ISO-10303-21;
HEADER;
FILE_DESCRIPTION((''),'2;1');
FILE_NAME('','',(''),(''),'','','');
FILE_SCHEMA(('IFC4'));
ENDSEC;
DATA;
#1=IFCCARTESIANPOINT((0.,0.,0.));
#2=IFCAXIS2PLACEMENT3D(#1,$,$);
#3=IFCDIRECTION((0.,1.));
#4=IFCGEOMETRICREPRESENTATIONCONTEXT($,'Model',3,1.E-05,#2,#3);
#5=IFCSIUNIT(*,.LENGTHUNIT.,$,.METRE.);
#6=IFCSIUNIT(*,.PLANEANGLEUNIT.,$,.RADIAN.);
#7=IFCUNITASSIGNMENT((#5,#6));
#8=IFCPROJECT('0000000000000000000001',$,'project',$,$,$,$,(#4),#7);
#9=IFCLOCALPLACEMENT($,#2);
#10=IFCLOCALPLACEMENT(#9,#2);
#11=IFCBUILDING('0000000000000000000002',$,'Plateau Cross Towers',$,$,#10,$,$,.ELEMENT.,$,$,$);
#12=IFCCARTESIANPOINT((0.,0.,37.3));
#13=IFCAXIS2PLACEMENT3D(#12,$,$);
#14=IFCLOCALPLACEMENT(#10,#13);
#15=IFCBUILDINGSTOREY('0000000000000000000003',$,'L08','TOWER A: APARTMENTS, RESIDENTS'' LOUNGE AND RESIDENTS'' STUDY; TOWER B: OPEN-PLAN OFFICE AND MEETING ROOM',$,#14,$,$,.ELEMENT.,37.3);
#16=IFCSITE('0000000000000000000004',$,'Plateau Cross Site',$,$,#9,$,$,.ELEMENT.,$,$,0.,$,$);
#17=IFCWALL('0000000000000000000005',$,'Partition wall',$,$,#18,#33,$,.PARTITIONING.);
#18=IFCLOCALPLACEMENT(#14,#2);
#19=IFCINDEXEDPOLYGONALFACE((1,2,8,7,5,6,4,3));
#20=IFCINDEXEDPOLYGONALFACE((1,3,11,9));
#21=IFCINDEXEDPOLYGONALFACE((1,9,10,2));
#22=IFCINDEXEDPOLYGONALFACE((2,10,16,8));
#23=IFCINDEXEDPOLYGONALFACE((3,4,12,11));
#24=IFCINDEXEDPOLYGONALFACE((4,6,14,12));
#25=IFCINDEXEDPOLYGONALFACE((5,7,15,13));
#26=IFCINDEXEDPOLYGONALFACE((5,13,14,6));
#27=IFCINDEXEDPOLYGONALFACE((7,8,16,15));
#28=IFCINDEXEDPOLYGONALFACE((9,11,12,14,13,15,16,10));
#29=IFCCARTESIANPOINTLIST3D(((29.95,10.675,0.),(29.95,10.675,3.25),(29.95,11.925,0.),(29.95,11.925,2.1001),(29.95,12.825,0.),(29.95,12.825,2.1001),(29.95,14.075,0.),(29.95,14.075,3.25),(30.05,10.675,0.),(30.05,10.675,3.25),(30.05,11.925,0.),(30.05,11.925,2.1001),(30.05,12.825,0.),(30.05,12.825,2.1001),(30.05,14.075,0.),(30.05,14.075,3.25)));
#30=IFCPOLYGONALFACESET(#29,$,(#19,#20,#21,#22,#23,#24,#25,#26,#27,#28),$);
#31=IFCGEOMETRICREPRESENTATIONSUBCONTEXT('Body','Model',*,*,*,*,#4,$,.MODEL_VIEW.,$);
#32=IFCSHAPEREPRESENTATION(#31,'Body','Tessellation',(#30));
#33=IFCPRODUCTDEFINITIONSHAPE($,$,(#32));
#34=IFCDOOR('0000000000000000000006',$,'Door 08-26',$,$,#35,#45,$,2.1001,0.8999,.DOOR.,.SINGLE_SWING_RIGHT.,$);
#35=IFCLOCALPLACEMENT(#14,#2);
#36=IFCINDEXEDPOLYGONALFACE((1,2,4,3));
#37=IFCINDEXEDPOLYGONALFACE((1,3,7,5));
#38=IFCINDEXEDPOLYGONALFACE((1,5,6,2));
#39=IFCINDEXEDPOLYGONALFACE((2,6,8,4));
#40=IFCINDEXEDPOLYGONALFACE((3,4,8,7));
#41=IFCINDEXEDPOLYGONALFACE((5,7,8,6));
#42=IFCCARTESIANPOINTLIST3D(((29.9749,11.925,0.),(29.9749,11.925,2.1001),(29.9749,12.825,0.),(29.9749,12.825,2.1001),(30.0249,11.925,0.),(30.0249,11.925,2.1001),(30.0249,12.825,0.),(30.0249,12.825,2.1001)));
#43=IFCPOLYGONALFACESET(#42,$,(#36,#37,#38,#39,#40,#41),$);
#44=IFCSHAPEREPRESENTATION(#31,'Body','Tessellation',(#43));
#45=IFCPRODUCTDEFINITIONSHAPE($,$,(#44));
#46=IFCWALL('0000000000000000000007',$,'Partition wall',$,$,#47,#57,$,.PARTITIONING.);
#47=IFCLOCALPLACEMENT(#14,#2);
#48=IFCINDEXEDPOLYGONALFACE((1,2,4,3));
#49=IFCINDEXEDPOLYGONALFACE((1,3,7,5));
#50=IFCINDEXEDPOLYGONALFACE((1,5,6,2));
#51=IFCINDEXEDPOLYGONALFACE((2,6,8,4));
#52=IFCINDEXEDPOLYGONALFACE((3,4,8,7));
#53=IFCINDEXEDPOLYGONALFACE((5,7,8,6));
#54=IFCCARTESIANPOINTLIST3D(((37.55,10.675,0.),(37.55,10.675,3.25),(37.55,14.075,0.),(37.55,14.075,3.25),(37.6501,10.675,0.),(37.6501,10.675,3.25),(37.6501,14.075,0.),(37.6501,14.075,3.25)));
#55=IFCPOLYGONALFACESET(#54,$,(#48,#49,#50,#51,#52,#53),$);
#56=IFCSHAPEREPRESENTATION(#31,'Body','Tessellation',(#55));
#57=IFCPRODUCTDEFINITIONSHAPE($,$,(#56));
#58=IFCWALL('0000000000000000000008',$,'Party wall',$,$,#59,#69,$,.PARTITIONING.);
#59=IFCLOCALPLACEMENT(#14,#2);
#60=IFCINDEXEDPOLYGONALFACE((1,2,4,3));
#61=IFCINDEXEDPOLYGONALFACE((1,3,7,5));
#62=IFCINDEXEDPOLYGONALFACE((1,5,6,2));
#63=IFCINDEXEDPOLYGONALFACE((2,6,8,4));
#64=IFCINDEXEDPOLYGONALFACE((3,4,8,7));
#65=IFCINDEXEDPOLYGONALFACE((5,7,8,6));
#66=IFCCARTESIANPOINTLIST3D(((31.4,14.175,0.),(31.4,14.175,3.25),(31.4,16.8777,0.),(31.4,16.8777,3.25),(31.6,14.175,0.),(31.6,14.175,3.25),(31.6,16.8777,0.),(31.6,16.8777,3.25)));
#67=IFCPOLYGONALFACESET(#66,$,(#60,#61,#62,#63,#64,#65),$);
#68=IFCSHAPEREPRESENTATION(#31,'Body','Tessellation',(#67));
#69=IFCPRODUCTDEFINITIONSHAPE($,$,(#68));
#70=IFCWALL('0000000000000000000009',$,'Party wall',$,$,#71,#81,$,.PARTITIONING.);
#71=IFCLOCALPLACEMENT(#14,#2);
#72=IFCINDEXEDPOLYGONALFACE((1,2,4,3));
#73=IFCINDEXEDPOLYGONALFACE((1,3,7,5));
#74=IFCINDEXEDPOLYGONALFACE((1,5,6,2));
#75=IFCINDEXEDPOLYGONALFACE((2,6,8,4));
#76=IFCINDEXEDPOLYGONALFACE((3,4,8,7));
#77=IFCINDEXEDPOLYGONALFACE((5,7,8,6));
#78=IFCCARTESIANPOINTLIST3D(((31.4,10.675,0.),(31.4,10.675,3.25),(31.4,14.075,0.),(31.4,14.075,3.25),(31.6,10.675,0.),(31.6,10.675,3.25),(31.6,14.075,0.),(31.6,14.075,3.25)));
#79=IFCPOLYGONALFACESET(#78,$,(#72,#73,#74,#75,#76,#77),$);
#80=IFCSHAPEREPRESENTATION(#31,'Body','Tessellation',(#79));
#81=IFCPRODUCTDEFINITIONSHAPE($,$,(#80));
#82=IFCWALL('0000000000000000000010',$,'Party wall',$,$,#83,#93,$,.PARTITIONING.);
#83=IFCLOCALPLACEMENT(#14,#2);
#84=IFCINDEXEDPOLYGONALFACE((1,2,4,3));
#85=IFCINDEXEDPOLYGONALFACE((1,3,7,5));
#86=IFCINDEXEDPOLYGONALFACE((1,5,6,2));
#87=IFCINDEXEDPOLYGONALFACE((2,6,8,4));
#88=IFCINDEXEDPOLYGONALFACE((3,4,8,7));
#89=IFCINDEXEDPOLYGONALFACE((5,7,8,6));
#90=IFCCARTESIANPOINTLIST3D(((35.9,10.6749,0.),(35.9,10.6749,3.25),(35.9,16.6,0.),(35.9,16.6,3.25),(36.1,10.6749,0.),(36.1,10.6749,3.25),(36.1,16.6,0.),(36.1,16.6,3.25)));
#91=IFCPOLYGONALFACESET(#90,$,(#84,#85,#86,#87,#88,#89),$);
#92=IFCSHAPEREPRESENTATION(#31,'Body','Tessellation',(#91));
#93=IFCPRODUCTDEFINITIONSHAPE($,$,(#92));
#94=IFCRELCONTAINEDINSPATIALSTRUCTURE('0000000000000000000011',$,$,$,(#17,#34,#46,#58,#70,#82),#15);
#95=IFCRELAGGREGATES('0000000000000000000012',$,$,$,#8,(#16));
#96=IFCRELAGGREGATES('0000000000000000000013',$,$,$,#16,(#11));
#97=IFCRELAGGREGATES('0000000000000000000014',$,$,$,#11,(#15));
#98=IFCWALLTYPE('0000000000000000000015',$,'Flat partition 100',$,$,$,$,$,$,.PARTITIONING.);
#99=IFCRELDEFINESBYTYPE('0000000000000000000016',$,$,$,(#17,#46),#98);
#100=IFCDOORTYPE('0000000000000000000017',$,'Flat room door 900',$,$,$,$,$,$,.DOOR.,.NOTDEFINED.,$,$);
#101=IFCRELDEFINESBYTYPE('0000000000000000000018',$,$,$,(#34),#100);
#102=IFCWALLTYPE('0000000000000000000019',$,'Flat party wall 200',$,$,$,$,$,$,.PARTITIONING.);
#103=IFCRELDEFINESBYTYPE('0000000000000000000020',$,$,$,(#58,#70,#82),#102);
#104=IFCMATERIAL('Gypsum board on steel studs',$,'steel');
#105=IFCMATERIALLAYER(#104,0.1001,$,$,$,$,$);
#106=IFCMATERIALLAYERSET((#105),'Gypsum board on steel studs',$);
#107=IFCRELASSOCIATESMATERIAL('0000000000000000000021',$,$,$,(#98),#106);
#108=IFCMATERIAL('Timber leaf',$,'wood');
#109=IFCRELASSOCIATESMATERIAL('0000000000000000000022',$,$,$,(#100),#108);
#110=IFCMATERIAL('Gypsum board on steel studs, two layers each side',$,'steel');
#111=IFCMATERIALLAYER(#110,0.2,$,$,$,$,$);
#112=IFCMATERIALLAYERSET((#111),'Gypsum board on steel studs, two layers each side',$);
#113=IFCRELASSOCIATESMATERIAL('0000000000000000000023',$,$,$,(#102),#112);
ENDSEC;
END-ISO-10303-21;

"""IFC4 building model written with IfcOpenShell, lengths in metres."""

from ifc_helpers import new_model, si_unit, direction, frame, frame_2d, origin, place, context, subcontext, project, spatial, rectangle, extrude, material, layer, layer_set, type_object, element, fill, save


model = new_model("IFC4")

# Units and contexts
model_context = context("Model", 3, precision=1e-05, world=origin(), true_north=direction((0.0, 1.0)))
body_context = subcontext(model_context, "Body", "Model", "MODEL_VIEW")
ifc_project = project(units=[si_unit("LENGTHUNIT", "METRE"), si_unit("PLANEANGLEUNIT", "RADIAN")], contexts=[model_context])

# Site, building, storey
site_placement = place(None, origin())
site = spatial("IfcSite", under=ifc_project, at=site_placement, Name="Plateau Cross Site", CompositionType="ELEMENT", RefElevation=0.0)
building_placement = place(site_placement, origin())
building = spatial("IfcBuilding", under=site, at=building_placement, Name="Plateau Cross Towers", CompositionType="ELEMENT")
storey_placement = place(building_placement, frame((0.0, 0.0, 37.3)))
storey = spatial("IfcBuildingStorey", under=building, at=storey_placement, Name="L08", Description="TOWER A: APARTMENTS, RESIDENTS' LOUNGE AND RESIDENTS' STUDY; TOWER B: OPEN-PLAN OFFICE AND MEETING ROOM", CompositionType="ELEMENT", Elevation=37.3)

# Shared definitions
ifc_material_1 = material(Name="Gypsum board on steel studs", Category="steel")
ifc_layer_1 = layer(ifc_material_1, 0.1001)
ifc_layer_set_1 = layer_set([ifc_layer_1], Name="Gypsum board on steel studs")
wall_type_1 = type_object("IfcWallType", Name="Flat partition 100", PredefinedType="PARTITIONING", material=ifc_layer_set_1)

# Wall, opening, door
ifc_material_2 = material(Name="Timber leaf", Category="wood")
door_type = type_object("IfcDoorType", Name="Flat room door 900", OperationType="NOTDEFINED", PredefinedType="DOOR", material=ifc_material_2)
wall_1_placement = place(storey_placement, frame((30.0, 14.075, 0.0), z_axis=(0.0, 0.0, 1.0), x_axis=(0.0, -1.0, 0.0)))
wall_1 = element("IfcWall", 1, at=wall_1_placement, inside=storey, type_object=wall_type_1, Name="Partition wall", PredefinedType="PARTITIONING", context=body_context, shape_type="SweptSolid", body=[
    extrude(rectangle(XDim=3.3999, YDim=0.1001, at=frame_2d((1.7, 0.0))), origin(), (0.0, 0.0, 1.0), 3.25),
])
opening_1_placement = place(wall_1_placement, frame((1.25, 0.0, 0.0)))
opening_1 = element("IfcOpeningElement", 2, at=opening_1_placement, cuts=wall_1, PredefinedType="OPENING", context=body_context, shape_type="SweptSolid", body=[
    extrude(rectangle(XDim=0.8999, YDim=2.1001, at=frame_2d((0.45, 1.05))), frame((0.0, 0.0601, 0.0), z_axis=(0.0, -1.0, 0.0), x_axis=(1.0, 0.0, 0.0)), (0.0, 0.0, 1.0), 0.1201),
])
door_1_placement = place(opening_1_placement, origin())
door_1 = element("IfcDoor", 3, at=door_1_placement, inside=storey, type_object=door_type, Name="Door 08-26", OperationType="SINGLE_SWING_RIGHT", OverallHeight=2.1001, OverallWidth=0.8999, PredefinedType="DOOR", context=body_context, shape_type="SweptSolid", body=[
    extrude(rectangle(XDim=0.8999, YDim=2.1001, at=frame_2d((0.45, 1.05))), frame((0.0, 0.0249, 0.0), z_axis=(0.0, -1.0, 0.0), x_axis=(1.0, 0.0, 0.0)), (0.0, 0.0, 1.0), 0.05),
])
fill(opening_1, door_1)

# Walls
wall_2_placement = place(storey_placement, frame((37.6001, 10.675, 0.0), z_axis=(0.0, 0.0, 1.0), x_axis=(0.0, 1.0, 0.0)))
element("IfcWall", 4, at=wall_2_placement, inside=storey, type_object=wall_type_1, Name="Partition wall", PredefinedType="PARTITIONING", context=body_context, shape_type="SweptSolid", body=[
    extrude(rectangle(XDim=3.3999, YDim=0.1001, at=frame_2d((1.7, 0.0))), origin(), (0.0, 0.0, 1.0), 3.25),
])
ifc_material_3 = material(Name="Gypsum board on steel studs, two layers each side", Category="steel")
ifc_layer_2 = layer(ifc_material_3, 0.2)
ifc_layer_set_2 = layer_set([ifc_layer_2], Name="Gypsum board on steel studs, two layers each side")
wall_type_2 = type_object("IfcWallType", Name="Flat party wall 200", PredefinedType="PARTITIONING", material=ifc_layer_set_2)
wall_3_placement = place(storey_placement, frame((31.5, 16.8777, 0.0), z_axis=(0.0, 0.0, 1.0), x_axis=(0.0, -1.0, 0.0)))
element("IfcWall", 5, at=wall_3_placement, inside=storey, type_object=wall_type_2, Name="Party wall", PredefinedType="PARTITIONING", context=body_context, shape_type="SweptSolid", body=[
    extrude(rectangle(XDim=2.7026, YDim=0.2, at=frame_2d((1.3513, 0.0))), origin(), (0.0, 0.0, 1.0), 3.25),
])
wall_4_placement = place(storey_placement, frame((31.5, 10.675, 0.0), z_axis=(0.0, 0.0, 1.0), x_axis=(0.0, 1.0, 0.0)))
element("IfcWall", 6, at=wall_4_placement, inside=storey, type_object=wall_type_2, Name="Party wall", PredefinedType="PARTITIONING", context=body_context, shape_type="SweptSolid", body=[
    extrude(rectangle(XDim=3.3999, YDim=0.2, at=frame_2d((1.7, 0.0))), origin(), (0.0, 0.0, 1.0), 3.25),
])
wall_5_placement = place(storey_placement, frame((36.0, 10.675, 0.0), z_axis=(0.0, 0.0, 1.0), x_axis=(0.0, 1.0, 0.0)))
element("IfcWall", 7, at=wall_5_placement, inside=storey, type_object=wall_type_2, Name="Party wall", PredefinedType="PARTITIONING", context=body_context, shape_type="SweptSolid", body=[
    extrude(rectangle(XDim=5.925, YDim=0.2, at=frame_2d((2.9624, 0.0))), origin(), (0.0, 0.0, 1.0), 3.25),
])

save(model, "model.ifc")
